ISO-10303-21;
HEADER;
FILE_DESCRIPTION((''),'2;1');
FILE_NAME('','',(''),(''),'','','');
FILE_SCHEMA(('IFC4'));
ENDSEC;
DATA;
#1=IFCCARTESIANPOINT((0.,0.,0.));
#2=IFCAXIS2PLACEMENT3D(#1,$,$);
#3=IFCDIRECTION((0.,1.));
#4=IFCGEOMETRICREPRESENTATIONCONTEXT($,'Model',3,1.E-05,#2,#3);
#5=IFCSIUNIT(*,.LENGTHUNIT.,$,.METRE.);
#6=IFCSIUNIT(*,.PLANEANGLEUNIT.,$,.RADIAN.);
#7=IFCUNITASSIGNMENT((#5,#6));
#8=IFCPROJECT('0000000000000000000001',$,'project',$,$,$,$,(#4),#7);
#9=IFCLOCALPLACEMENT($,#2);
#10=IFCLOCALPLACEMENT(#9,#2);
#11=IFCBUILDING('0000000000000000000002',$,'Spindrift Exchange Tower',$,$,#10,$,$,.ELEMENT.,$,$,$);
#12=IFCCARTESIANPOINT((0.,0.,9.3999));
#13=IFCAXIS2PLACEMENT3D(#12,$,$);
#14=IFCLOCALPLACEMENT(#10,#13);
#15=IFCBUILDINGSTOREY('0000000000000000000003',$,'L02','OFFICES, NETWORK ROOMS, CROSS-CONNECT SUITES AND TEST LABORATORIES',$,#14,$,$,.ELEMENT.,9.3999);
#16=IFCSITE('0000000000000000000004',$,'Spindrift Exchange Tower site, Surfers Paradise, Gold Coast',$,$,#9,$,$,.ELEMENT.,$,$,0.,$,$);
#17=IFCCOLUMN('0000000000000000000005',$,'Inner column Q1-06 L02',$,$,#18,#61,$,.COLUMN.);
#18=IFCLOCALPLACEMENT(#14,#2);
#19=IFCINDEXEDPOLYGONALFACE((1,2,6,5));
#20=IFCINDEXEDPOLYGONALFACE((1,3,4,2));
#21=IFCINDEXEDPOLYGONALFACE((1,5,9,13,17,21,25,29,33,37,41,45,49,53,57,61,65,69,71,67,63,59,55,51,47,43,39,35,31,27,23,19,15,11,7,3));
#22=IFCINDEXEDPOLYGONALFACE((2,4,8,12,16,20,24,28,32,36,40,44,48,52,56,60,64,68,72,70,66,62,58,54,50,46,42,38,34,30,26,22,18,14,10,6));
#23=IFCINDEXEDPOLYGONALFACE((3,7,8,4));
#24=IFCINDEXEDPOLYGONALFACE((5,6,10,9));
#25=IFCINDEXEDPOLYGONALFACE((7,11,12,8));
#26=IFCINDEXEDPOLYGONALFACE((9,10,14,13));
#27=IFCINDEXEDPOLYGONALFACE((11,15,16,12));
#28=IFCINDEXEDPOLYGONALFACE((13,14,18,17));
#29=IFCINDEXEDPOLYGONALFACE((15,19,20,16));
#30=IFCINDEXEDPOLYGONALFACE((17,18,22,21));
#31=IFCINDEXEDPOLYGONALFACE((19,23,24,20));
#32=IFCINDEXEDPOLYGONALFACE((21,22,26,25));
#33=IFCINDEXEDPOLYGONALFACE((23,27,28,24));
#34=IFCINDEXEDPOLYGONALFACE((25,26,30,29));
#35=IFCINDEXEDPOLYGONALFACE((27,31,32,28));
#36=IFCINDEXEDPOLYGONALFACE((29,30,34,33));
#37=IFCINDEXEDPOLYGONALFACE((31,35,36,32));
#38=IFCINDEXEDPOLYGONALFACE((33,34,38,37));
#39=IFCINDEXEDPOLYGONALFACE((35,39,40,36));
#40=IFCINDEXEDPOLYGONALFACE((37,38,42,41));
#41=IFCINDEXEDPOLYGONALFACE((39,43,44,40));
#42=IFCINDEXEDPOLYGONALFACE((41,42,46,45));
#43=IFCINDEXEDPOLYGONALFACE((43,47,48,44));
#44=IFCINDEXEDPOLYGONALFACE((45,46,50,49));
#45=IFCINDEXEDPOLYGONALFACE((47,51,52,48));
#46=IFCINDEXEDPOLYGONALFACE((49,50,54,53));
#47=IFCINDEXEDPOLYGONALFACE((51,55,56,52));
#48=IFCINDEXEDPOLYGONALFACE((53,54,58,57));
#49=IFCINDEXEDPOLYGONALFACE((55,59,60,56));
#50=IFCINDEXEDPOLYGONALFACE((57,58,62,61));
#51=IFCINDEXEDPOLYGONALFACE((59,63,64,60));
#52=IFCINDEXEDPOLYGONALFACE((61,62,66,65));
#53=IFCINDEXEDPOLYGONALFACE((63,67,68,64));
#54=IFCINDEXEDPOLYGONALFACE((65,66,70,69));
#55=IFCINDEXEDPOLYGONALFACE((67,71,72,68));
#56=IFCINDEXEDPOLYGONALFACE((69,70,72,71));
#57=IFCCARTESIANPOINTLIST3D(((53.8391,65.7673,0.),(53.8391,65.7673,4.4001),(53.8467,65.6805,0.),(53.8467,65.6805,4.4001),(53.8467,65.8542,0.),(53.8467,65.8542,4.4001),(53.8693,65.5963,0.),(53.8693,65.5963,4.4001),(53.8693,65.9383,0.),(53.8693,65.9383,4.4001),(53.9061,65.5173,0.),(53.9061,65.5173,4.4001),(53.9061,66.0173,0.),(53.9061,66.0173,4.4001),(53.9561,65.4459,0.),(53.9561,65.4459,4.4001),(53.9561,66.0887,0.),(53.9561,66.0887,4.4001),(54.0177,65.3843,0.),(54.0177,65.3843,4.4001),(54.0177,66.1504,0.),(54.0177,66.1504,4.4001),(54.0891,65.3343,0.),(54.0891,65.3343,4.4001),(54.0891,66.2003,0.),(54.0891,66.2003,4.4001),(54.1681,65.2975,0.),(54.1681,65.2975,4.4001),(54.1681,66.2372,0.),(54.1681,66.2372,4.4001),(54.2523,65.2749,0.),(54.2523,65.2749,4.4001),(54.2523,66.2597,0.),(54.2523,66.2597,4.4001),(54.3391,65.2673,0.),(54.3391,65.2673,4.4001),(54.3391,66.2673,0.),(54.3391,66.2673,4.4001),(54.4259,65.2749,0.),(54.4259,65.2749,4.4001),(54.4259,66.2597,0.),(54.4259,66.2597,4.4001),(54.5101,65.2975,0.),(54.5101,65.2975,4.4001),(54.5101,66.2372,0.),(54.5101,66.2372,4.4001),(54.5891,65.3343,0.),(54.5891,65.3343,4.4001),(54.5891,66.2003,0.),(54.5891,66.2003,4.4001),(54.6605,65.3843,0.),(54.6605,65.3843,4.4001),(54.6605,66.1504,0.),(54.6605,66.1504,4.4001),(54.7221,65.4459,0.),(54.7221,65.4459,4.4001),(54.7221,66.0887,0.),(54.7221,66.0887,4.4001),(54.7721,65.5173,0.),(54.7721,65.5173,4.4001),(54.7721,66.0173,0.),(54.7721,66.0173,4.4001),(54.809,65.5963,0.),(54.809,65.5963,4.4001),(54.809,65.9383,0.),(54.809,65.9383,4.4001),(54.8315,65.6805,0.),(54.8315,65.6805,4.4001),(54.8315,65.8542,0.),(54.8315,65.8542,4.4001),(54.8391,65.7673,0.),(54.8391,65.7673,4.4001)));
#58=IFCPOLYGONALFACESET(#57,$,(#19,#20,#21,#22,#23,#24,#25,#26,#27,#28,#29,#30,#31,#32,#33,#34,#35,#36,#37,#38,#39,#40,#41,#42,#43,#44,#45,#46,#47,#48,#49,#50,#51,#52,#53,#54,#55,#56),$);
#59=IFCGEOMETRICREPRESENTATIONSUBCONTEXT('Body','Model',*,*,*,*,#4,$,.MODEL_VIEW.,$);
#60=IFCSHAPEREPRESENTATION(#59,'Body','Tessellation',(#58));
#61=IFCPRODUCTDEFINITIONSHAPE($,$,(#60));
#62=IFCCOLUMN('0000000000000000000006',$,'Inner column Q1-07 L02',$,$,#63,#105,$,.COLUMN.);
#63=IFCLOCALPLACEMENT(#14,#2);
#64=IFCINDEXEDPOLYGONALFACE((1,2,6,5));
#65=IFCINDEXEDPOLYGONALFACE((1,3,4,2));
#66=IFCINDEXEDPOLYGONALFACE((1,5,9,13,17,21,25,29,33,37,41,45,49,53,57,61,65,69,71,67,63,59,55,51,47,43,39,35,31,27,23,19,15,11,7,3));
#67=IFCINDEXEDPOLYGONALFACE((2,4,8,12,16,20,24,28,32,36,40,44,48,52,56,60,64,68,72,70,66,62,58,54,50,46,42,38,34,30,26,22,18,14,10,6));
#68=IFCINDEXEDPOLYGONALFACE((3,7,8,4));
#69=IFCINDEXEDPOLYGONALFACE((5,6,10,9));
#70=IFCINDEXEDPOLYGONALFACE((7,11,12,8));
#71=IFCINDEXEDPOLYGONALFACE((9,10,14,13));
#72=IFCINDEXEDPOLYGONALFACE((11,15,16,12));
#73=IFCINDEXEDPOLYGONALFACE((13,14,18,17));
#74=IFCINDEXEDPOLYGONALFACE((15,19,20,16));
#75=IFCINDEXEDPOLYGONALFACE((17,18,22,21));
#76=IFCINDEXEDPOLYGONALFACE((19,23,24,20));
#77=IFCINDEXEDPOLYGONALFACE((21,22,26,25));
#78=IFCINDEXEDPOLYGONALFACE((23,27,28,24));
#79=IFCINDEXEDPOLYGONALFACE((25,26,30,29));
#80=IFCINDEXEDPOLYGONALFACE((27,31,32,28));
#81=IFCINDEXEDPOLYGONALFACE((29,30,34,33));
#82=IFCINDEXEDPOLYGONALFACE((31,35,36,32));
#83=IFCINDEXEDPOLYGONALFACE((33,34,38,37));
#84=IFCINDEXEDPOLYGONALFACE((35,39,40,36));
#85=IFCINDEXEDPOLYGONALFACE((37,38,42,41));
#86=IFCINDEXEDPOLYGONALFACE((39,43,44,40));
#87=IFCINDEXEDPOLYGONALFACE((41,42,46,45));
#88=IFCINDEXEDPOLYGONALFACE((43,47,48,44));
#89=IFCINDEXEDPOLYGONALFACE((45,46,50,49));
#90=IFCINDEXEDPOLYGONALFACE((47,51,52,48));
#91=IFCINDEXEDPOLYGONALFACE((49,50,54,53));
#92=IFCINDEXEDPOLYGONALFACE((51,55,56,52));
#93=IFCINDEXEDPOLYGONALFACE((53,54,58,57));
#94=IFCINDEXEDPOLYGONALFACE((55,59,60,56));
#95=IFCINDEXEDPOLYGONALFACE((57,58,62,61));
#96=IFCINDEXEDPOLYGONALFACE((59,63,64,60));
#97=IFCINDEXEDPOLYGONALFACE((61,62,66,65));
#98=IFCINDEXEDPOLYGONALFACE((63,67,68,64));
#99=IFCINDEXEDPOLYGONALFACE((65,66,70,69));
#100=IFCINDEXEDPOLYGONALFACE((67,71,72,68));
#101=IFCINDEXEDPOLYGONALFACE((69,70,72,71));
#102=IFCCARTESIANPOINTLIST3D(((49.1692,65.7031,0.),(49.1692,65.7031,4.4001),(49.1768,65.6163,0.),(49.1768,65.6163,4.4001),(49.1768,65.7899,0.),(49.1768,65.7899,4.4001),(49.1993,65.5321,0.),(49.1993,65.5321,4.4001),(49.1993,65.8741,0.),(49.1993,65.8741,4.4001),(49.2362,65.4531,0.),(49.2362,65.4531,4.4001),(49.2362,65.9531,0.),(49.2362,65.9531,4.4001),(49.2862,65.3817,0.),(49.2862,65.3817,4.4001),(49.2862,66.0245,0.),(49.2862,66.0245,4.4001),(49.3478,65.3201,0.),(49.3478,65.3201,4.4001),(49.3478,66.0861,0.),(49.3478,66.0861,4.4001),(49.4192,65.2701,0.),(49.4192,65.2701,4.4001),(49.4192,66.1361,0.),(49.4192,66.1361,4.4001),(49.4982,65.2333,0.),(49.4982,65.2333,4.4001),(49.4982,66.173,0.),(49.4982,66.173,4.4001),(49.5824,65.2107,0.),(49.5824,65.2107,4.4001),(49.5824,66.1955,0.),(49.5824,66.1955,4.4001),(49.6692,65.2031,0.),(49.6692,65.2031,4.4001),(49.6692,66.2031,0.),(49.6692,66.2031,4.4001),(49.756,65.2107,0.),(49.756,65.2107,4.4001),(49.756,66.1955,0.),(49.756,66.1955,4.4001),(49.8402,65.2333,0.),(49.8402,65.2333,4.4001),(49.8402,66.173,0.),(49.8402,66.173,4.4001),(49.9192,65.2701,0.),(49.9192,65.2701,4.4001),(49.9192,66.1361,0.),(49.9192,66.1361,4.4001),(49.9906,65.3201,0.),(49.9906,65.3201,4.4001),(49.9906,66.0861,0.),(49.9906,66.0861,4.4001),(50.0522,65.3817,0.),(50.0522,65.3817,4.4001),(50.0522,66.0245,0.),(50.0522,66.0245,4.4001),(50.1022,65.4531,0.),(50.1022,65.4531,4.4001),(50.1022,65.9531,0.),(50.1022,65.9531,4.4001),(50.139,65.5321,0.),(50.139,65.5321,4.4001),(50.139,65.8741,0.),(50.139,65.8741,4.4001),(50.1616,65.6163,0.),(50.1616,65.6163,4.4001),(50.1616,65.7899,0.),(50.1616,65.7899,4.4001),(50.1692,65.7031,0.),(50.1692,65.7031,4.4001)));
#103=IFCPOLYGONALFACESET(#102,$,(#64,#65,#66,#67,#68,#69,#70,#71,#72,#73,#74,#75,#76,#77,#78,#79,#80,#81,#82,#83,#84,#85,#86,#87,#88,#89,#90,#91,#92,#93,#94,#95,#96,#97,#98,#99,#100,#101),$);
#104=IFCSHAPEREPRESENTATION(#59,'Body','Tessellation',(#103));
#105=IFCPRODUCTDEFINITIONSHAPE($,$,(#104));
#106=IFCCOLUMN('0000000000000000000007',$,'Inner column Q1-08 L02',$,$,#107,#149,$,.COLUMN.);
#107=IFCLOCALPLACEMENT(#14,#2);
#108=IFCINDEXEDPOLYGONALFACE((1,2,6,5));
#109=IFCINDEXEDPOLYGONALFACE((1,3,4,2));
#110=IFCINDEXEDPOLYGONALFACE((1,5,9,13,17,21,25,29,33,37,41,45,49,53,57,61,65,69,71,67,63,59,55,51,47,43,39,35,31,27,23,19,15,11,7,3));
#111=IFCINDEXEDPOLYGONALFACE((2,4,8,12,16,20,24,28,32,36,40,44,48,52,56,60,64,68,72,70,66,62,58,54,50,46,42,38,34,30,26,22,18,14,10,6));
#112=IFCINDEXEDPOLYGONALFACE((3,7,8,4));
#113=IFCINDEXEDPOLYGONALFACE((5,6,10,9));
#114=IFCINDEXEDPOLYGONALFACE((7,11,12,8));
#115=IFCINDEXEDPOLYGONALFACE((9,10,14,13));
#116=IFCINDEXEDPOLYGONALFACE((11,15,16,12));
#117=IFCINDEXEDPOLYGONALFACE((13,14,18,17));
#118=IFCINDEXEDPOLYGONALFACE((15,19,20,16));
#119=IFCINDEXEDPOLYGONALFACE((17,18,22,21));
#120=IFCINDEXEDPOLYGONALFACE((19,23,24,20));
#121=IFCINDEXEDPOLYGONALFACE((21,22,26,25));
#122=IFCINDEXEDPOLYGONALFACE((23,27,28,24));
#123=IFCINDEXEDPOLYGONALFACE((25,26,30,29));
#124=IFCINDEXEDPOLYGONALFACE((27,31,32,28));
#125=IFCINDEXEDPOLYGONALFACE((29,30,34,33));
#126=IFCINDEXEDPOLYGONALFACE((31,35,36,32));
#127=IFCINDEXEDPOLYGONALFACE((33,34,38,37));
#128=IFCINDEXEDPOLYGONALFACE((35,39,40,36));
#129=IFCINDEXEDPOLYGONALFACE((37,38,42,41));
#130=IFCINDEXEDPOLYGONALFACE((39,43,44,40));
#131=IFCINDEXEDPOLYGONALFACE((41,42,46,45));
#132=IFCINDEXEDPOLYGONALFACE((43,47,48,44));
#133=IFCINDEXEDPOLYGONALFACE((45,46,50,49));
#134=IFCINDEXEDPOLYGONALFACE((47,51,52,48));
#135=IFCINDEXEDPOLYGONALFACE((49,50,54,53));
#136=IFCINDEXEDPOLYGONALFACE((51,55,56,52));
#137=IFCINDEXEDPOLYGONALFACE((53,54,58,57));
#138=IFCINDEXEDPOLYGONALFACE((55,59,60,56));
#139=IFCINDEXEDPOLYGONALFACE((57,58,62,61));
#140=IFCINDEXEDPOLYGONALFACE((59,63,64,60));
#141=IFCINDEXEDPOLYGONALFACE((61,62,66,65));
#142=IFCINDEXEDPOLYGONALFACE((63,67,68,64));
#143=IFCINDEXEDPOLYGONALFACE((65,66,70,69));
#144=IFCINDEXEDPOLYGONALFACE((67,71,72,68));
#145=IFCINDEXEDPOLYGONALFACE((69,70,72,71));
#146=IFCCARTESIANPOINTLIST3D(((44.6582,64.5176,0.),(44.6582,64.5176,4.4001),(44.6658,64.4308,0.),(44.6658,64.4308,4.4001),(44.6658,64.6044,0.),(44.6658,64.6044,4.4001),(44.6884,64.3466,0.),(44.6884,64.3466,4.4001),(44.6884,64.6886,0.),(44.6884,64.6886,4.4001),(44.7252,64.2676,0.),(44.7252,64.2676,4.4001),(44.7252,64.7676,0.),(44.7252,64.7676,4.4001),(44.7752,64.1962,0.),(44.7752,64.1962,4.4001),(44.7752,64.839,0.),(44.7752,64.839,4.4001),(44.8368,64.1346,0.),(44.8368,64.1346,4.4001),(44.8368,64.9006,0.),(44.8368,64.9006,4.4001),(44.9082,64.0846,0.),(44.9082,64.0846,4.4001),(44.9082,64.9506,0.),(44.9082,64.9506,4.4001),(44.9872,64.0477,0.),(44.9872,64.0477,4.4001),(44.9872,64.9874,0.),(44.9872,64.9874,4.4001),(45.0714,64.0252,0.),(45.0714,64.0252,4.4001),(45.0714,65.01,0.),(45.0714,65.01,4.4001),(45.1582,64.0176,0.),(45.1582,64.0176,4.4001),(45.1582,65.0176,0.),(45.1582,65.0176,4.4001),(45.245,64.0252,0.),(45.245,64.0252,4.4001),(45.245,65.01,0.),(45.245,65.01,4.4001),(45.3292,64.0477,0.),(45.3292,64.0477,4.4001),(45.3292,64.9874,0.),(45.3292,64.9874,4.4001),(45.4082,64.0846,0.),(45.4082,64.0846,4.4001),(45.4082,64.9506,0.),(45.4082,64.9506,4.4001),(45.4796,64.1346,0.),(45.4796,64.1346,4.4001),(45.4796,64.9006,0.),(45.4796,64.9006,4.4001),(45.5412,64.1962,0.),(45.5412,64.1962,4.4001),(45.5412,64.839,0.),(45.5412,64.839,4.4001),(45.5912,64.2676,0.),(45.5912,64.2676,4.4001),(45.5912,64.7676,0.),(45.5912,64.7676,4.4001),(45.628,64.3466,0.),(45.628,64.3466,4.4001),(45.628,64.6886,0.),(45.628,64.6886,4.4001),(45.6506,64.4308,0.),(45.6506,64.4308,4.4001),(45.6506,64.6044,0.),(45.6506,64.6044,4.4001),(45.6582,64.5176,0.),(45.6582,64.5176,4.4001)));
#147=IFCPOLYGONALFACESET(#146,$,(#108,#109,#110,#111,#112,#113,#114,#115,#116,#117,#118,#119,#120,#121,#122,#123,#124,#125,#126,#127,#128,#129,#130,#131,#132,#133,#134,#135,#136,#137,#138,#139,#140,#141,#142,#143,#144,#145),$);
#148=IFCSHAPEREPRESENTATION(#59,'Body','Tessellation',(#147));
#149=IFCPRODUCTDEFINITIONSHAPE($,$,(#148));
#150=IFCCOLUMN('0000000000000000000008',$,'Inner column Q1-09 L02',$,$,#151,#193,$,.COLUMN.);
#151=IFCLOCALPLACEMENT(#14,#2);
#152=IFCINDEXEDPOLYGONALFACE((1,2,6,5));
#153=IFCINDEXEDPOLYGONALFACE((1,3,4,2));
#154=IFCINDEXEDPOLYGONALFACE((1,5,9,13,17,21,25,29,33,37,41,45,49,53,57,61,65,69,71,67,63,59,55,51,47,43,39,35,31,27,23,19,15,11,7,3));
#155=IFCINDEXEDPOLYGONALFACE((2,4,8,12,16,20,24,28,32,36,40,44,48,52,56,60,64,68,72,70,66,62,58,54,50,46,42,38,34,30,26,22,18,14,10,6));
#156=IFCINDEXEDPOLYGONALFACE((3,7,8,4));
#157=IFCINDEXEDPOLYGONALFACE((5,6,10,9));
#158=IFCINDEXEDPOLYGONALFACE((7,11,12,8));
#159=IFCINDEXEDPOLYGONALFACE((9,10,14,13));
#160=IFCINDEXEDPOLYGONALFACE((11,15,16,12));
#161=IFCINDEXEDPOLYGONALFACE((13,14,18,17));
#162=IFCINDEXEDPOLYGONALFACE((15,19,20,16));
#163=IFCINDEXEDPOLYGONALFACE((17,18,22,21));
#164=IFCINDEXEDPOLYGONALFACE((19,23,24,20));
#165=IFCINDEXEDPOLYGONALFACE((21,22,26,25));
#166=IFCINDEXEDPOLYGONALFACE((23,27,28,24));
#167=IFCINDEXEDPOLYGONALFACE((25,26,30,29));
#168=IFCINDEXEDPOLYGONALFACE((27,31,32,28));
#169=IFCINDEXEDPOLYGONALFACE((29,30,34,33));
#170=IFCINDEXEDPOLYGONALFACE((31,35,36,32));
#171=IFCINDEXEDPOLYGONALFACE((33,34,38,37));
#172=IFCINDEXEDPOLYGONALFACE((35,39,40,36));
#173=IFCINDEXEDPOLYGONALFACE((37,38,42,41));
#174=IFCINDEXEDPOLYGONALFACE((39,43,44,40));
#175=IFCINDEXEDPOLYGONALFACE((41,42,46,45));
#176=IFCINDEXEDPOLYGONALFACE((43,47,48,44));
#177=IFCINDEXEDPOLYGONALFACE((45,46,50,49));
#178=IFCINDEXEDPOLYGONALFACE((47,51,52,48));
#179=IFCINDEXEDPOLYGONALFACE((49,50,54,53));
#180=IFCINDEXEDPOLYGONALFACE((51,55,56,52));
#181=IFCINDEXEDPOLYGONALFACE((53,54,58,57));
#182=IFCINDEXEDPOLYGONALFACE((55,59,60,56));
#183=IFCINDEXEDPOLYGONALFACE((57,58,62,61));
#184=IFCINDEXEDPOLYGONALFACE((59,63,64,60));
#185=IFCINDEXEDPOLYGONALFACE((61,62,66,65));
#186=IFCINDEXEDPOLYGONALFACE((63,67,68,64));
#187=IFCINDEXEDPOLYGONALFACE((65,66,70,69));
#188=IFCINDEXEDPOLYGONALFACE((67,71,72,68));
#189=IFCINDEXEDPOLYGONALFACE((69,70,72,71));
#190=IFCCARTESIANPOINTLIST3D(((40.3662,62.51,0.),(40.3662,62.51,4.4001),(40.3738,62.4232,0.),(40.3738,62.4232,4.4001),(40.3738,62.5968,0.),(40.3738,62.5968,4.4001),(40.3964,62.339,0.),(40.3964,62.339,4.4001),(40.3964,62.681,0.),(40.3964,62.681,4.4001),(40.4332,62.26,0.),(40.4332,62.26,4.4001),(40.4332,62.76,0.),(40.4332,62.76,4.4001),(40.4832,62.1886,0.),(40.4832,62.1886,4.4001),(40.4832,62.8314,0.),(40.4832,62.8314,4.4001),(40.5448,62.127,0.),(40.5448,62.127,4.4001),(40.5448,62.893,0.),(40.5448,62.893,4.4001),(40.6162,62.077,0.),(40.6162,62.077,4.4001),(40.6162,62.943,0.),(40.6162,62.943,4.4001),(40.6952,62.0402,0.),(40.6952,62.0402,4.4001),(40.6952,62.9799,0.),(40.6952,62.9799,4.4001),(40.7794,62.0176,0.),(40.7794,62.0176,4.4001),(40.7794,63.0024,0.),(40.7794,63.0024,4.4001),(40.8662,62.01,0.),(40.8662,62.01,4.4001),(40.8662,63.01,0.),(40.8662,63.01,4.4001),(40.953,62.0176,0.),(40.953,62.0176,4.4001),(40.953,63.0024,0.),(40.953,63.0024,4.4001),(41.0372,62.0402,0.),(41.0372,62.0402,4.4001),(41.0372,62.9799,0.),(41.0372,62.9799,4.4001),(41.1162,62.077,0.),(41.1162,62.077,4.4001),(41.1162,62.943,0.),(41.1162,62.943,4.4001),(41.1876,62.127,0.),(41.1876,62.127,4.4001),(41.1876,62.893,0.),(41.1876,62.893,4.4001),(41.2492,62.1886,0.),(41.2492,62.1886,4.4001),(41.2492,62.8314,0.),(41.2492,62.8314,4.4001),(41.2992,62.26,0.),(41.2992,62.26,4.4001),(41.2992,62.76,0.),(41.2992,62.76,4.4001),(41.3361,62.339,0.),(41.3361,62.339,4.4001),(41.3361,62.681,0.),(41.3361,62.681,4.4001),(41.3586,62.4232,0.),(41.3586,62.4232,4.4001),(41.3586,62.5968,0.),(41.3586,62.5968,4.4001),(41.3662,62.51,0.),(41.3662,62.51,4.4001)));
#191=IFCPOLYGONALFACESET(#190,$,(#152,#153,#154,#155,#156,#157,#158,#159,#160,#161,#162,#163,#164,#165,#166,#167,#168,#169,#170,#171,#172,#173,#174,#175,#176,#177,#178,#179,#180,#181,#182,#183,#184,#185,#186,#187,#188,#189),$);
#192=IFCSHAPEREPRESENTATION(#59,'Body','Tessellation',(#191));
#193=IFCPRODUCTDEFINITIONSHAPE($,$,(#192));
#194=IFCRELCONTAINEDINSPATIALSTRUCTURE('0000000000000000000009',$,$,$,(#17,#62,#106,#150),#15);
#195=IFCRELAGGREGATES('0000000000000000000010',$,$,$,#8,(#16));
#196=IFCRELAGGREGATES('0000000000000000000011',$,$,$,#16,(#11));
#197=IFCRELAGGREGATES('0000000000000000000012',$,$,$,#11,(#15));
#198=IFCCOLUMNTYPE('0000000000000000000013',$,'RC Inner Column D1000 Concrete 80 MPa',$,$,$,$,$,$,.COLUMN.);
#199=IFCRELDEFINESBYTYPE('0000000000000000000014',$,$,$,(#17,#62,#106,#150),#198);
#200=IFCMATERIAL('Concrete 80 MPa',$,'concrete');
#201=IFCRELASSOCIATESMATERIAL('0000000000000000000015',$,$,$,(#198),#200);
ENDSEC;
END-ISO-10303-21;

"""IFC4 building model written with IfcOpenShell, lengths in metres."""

from ifc_helpers import new_model, si_unit, direction, frame, origin, origin_2d, place, context, subcontext, project, spatial, circle, extrude, source, transform, mapped, material, material_profile, profile_set, type_object, element, save


model = new_model("IFC4")

# Units and contexts
model_context = context("Model", 3, precision=1e-05, world=origin(), true_north=direction((0.0, 1.0)))
body_context = subcontext(model_context, "Body", "Model", "MODEL_VIEW")
ifc_project = project(units=[si_unit("LENGTHUNIT", "METRE"), si_unit("PLANEANGLEUNIT", "RADIAN")], contexts=[model_context])

# Site, building, storey
site_placement = place(None, origin())
site = spatial("IfcSite", under=ifc_project, at=site_placement, Name="Spindrift Exchange Tower site, Surfers Paradise, Gold Coast", CompositionType="ELEMENT", RefElevation=0.0)
building_placement = place(site_placement, origin())
building = spatial("IfcBuilding", under=site, at=building_placement, Name="Spindrift Exchange Tower", CompositionType="ELEMENT")
storey_placement = place(building_placement, frame((0.0, 0.0, 9.3999)))
storey = spatial("IfcBuildingStorey", under=building, at=storey_placement, Name="L02", Description="OFFICES, NETWORK ROOMS, CROSS-CONNECT SUITES AND TEST LABORATORIES", CompositionType="ELEMENT", Elevation=9.3999)

# Columns
ifc_material_1 = material(Name="Concrete 80 MPa", Category="concrete")
ifc_material_profile_1 = material_profile(ifc_material_1, circle(Radius=0.5, at=origin_2d()), Name="RC D1000")
ifc_profile_set_1 = profile_set([ifc_material_profile_1], Name="Concrete 80 MPa")
column_type_1 = type_object("IfcColumnType", Name="RC Inner Column D1000 Concrete 80 MPa", PredefinedType="COLUMN", material=ifc_profile_set_1)
shared_shape_1 = source(origin(), body_context, "Body", "SweptSolid", [
    extrude(circle(Radius=0.5, at=origin_2d()), origin(), (0.0, 0.0, 1.0), 4.4001),
])
for number, where, z_axis, x_axis, name in (
    (1, (54.3391, 65.7673, 0.0), (0.0, 0.0, 1.0), (1.0, 0.0, 0.0), "Inner column Q1-06 L02"),
    (2, (49.6692, 65.7031, 0.0), (0.0, 0.0, 1.0), (1.0, 0.0, 0.0), "Inner column Q1-07 L02"),
    (3, (45.1582, 64.5176, 0.0), (0.0, 0.0, 1.0), (1.0, 0.0, 0.0), "Inner column Q1-08 L02"),
    (4, (40.8662, 62.51, 0.0), (0.0, 0.0, 1.0), (1.0, 0.0, 0.0), "Inner column Q1-09 L02"),
):
    element("IfcColumn", number, at=place(storey_placement, frame(where, z_axis=z_axis, x_axis=x_axis)), inside=storey, type_object=column_type_1, Name=name, PredefinedType="COLUMN", context=body_context, shape_type="MappedRepresentation", body=[
        mapped(shared_shape_1, transform((0.0, 0.0, 0.0), scale=1.0)),
    ])

save(model, "model.ifc")
